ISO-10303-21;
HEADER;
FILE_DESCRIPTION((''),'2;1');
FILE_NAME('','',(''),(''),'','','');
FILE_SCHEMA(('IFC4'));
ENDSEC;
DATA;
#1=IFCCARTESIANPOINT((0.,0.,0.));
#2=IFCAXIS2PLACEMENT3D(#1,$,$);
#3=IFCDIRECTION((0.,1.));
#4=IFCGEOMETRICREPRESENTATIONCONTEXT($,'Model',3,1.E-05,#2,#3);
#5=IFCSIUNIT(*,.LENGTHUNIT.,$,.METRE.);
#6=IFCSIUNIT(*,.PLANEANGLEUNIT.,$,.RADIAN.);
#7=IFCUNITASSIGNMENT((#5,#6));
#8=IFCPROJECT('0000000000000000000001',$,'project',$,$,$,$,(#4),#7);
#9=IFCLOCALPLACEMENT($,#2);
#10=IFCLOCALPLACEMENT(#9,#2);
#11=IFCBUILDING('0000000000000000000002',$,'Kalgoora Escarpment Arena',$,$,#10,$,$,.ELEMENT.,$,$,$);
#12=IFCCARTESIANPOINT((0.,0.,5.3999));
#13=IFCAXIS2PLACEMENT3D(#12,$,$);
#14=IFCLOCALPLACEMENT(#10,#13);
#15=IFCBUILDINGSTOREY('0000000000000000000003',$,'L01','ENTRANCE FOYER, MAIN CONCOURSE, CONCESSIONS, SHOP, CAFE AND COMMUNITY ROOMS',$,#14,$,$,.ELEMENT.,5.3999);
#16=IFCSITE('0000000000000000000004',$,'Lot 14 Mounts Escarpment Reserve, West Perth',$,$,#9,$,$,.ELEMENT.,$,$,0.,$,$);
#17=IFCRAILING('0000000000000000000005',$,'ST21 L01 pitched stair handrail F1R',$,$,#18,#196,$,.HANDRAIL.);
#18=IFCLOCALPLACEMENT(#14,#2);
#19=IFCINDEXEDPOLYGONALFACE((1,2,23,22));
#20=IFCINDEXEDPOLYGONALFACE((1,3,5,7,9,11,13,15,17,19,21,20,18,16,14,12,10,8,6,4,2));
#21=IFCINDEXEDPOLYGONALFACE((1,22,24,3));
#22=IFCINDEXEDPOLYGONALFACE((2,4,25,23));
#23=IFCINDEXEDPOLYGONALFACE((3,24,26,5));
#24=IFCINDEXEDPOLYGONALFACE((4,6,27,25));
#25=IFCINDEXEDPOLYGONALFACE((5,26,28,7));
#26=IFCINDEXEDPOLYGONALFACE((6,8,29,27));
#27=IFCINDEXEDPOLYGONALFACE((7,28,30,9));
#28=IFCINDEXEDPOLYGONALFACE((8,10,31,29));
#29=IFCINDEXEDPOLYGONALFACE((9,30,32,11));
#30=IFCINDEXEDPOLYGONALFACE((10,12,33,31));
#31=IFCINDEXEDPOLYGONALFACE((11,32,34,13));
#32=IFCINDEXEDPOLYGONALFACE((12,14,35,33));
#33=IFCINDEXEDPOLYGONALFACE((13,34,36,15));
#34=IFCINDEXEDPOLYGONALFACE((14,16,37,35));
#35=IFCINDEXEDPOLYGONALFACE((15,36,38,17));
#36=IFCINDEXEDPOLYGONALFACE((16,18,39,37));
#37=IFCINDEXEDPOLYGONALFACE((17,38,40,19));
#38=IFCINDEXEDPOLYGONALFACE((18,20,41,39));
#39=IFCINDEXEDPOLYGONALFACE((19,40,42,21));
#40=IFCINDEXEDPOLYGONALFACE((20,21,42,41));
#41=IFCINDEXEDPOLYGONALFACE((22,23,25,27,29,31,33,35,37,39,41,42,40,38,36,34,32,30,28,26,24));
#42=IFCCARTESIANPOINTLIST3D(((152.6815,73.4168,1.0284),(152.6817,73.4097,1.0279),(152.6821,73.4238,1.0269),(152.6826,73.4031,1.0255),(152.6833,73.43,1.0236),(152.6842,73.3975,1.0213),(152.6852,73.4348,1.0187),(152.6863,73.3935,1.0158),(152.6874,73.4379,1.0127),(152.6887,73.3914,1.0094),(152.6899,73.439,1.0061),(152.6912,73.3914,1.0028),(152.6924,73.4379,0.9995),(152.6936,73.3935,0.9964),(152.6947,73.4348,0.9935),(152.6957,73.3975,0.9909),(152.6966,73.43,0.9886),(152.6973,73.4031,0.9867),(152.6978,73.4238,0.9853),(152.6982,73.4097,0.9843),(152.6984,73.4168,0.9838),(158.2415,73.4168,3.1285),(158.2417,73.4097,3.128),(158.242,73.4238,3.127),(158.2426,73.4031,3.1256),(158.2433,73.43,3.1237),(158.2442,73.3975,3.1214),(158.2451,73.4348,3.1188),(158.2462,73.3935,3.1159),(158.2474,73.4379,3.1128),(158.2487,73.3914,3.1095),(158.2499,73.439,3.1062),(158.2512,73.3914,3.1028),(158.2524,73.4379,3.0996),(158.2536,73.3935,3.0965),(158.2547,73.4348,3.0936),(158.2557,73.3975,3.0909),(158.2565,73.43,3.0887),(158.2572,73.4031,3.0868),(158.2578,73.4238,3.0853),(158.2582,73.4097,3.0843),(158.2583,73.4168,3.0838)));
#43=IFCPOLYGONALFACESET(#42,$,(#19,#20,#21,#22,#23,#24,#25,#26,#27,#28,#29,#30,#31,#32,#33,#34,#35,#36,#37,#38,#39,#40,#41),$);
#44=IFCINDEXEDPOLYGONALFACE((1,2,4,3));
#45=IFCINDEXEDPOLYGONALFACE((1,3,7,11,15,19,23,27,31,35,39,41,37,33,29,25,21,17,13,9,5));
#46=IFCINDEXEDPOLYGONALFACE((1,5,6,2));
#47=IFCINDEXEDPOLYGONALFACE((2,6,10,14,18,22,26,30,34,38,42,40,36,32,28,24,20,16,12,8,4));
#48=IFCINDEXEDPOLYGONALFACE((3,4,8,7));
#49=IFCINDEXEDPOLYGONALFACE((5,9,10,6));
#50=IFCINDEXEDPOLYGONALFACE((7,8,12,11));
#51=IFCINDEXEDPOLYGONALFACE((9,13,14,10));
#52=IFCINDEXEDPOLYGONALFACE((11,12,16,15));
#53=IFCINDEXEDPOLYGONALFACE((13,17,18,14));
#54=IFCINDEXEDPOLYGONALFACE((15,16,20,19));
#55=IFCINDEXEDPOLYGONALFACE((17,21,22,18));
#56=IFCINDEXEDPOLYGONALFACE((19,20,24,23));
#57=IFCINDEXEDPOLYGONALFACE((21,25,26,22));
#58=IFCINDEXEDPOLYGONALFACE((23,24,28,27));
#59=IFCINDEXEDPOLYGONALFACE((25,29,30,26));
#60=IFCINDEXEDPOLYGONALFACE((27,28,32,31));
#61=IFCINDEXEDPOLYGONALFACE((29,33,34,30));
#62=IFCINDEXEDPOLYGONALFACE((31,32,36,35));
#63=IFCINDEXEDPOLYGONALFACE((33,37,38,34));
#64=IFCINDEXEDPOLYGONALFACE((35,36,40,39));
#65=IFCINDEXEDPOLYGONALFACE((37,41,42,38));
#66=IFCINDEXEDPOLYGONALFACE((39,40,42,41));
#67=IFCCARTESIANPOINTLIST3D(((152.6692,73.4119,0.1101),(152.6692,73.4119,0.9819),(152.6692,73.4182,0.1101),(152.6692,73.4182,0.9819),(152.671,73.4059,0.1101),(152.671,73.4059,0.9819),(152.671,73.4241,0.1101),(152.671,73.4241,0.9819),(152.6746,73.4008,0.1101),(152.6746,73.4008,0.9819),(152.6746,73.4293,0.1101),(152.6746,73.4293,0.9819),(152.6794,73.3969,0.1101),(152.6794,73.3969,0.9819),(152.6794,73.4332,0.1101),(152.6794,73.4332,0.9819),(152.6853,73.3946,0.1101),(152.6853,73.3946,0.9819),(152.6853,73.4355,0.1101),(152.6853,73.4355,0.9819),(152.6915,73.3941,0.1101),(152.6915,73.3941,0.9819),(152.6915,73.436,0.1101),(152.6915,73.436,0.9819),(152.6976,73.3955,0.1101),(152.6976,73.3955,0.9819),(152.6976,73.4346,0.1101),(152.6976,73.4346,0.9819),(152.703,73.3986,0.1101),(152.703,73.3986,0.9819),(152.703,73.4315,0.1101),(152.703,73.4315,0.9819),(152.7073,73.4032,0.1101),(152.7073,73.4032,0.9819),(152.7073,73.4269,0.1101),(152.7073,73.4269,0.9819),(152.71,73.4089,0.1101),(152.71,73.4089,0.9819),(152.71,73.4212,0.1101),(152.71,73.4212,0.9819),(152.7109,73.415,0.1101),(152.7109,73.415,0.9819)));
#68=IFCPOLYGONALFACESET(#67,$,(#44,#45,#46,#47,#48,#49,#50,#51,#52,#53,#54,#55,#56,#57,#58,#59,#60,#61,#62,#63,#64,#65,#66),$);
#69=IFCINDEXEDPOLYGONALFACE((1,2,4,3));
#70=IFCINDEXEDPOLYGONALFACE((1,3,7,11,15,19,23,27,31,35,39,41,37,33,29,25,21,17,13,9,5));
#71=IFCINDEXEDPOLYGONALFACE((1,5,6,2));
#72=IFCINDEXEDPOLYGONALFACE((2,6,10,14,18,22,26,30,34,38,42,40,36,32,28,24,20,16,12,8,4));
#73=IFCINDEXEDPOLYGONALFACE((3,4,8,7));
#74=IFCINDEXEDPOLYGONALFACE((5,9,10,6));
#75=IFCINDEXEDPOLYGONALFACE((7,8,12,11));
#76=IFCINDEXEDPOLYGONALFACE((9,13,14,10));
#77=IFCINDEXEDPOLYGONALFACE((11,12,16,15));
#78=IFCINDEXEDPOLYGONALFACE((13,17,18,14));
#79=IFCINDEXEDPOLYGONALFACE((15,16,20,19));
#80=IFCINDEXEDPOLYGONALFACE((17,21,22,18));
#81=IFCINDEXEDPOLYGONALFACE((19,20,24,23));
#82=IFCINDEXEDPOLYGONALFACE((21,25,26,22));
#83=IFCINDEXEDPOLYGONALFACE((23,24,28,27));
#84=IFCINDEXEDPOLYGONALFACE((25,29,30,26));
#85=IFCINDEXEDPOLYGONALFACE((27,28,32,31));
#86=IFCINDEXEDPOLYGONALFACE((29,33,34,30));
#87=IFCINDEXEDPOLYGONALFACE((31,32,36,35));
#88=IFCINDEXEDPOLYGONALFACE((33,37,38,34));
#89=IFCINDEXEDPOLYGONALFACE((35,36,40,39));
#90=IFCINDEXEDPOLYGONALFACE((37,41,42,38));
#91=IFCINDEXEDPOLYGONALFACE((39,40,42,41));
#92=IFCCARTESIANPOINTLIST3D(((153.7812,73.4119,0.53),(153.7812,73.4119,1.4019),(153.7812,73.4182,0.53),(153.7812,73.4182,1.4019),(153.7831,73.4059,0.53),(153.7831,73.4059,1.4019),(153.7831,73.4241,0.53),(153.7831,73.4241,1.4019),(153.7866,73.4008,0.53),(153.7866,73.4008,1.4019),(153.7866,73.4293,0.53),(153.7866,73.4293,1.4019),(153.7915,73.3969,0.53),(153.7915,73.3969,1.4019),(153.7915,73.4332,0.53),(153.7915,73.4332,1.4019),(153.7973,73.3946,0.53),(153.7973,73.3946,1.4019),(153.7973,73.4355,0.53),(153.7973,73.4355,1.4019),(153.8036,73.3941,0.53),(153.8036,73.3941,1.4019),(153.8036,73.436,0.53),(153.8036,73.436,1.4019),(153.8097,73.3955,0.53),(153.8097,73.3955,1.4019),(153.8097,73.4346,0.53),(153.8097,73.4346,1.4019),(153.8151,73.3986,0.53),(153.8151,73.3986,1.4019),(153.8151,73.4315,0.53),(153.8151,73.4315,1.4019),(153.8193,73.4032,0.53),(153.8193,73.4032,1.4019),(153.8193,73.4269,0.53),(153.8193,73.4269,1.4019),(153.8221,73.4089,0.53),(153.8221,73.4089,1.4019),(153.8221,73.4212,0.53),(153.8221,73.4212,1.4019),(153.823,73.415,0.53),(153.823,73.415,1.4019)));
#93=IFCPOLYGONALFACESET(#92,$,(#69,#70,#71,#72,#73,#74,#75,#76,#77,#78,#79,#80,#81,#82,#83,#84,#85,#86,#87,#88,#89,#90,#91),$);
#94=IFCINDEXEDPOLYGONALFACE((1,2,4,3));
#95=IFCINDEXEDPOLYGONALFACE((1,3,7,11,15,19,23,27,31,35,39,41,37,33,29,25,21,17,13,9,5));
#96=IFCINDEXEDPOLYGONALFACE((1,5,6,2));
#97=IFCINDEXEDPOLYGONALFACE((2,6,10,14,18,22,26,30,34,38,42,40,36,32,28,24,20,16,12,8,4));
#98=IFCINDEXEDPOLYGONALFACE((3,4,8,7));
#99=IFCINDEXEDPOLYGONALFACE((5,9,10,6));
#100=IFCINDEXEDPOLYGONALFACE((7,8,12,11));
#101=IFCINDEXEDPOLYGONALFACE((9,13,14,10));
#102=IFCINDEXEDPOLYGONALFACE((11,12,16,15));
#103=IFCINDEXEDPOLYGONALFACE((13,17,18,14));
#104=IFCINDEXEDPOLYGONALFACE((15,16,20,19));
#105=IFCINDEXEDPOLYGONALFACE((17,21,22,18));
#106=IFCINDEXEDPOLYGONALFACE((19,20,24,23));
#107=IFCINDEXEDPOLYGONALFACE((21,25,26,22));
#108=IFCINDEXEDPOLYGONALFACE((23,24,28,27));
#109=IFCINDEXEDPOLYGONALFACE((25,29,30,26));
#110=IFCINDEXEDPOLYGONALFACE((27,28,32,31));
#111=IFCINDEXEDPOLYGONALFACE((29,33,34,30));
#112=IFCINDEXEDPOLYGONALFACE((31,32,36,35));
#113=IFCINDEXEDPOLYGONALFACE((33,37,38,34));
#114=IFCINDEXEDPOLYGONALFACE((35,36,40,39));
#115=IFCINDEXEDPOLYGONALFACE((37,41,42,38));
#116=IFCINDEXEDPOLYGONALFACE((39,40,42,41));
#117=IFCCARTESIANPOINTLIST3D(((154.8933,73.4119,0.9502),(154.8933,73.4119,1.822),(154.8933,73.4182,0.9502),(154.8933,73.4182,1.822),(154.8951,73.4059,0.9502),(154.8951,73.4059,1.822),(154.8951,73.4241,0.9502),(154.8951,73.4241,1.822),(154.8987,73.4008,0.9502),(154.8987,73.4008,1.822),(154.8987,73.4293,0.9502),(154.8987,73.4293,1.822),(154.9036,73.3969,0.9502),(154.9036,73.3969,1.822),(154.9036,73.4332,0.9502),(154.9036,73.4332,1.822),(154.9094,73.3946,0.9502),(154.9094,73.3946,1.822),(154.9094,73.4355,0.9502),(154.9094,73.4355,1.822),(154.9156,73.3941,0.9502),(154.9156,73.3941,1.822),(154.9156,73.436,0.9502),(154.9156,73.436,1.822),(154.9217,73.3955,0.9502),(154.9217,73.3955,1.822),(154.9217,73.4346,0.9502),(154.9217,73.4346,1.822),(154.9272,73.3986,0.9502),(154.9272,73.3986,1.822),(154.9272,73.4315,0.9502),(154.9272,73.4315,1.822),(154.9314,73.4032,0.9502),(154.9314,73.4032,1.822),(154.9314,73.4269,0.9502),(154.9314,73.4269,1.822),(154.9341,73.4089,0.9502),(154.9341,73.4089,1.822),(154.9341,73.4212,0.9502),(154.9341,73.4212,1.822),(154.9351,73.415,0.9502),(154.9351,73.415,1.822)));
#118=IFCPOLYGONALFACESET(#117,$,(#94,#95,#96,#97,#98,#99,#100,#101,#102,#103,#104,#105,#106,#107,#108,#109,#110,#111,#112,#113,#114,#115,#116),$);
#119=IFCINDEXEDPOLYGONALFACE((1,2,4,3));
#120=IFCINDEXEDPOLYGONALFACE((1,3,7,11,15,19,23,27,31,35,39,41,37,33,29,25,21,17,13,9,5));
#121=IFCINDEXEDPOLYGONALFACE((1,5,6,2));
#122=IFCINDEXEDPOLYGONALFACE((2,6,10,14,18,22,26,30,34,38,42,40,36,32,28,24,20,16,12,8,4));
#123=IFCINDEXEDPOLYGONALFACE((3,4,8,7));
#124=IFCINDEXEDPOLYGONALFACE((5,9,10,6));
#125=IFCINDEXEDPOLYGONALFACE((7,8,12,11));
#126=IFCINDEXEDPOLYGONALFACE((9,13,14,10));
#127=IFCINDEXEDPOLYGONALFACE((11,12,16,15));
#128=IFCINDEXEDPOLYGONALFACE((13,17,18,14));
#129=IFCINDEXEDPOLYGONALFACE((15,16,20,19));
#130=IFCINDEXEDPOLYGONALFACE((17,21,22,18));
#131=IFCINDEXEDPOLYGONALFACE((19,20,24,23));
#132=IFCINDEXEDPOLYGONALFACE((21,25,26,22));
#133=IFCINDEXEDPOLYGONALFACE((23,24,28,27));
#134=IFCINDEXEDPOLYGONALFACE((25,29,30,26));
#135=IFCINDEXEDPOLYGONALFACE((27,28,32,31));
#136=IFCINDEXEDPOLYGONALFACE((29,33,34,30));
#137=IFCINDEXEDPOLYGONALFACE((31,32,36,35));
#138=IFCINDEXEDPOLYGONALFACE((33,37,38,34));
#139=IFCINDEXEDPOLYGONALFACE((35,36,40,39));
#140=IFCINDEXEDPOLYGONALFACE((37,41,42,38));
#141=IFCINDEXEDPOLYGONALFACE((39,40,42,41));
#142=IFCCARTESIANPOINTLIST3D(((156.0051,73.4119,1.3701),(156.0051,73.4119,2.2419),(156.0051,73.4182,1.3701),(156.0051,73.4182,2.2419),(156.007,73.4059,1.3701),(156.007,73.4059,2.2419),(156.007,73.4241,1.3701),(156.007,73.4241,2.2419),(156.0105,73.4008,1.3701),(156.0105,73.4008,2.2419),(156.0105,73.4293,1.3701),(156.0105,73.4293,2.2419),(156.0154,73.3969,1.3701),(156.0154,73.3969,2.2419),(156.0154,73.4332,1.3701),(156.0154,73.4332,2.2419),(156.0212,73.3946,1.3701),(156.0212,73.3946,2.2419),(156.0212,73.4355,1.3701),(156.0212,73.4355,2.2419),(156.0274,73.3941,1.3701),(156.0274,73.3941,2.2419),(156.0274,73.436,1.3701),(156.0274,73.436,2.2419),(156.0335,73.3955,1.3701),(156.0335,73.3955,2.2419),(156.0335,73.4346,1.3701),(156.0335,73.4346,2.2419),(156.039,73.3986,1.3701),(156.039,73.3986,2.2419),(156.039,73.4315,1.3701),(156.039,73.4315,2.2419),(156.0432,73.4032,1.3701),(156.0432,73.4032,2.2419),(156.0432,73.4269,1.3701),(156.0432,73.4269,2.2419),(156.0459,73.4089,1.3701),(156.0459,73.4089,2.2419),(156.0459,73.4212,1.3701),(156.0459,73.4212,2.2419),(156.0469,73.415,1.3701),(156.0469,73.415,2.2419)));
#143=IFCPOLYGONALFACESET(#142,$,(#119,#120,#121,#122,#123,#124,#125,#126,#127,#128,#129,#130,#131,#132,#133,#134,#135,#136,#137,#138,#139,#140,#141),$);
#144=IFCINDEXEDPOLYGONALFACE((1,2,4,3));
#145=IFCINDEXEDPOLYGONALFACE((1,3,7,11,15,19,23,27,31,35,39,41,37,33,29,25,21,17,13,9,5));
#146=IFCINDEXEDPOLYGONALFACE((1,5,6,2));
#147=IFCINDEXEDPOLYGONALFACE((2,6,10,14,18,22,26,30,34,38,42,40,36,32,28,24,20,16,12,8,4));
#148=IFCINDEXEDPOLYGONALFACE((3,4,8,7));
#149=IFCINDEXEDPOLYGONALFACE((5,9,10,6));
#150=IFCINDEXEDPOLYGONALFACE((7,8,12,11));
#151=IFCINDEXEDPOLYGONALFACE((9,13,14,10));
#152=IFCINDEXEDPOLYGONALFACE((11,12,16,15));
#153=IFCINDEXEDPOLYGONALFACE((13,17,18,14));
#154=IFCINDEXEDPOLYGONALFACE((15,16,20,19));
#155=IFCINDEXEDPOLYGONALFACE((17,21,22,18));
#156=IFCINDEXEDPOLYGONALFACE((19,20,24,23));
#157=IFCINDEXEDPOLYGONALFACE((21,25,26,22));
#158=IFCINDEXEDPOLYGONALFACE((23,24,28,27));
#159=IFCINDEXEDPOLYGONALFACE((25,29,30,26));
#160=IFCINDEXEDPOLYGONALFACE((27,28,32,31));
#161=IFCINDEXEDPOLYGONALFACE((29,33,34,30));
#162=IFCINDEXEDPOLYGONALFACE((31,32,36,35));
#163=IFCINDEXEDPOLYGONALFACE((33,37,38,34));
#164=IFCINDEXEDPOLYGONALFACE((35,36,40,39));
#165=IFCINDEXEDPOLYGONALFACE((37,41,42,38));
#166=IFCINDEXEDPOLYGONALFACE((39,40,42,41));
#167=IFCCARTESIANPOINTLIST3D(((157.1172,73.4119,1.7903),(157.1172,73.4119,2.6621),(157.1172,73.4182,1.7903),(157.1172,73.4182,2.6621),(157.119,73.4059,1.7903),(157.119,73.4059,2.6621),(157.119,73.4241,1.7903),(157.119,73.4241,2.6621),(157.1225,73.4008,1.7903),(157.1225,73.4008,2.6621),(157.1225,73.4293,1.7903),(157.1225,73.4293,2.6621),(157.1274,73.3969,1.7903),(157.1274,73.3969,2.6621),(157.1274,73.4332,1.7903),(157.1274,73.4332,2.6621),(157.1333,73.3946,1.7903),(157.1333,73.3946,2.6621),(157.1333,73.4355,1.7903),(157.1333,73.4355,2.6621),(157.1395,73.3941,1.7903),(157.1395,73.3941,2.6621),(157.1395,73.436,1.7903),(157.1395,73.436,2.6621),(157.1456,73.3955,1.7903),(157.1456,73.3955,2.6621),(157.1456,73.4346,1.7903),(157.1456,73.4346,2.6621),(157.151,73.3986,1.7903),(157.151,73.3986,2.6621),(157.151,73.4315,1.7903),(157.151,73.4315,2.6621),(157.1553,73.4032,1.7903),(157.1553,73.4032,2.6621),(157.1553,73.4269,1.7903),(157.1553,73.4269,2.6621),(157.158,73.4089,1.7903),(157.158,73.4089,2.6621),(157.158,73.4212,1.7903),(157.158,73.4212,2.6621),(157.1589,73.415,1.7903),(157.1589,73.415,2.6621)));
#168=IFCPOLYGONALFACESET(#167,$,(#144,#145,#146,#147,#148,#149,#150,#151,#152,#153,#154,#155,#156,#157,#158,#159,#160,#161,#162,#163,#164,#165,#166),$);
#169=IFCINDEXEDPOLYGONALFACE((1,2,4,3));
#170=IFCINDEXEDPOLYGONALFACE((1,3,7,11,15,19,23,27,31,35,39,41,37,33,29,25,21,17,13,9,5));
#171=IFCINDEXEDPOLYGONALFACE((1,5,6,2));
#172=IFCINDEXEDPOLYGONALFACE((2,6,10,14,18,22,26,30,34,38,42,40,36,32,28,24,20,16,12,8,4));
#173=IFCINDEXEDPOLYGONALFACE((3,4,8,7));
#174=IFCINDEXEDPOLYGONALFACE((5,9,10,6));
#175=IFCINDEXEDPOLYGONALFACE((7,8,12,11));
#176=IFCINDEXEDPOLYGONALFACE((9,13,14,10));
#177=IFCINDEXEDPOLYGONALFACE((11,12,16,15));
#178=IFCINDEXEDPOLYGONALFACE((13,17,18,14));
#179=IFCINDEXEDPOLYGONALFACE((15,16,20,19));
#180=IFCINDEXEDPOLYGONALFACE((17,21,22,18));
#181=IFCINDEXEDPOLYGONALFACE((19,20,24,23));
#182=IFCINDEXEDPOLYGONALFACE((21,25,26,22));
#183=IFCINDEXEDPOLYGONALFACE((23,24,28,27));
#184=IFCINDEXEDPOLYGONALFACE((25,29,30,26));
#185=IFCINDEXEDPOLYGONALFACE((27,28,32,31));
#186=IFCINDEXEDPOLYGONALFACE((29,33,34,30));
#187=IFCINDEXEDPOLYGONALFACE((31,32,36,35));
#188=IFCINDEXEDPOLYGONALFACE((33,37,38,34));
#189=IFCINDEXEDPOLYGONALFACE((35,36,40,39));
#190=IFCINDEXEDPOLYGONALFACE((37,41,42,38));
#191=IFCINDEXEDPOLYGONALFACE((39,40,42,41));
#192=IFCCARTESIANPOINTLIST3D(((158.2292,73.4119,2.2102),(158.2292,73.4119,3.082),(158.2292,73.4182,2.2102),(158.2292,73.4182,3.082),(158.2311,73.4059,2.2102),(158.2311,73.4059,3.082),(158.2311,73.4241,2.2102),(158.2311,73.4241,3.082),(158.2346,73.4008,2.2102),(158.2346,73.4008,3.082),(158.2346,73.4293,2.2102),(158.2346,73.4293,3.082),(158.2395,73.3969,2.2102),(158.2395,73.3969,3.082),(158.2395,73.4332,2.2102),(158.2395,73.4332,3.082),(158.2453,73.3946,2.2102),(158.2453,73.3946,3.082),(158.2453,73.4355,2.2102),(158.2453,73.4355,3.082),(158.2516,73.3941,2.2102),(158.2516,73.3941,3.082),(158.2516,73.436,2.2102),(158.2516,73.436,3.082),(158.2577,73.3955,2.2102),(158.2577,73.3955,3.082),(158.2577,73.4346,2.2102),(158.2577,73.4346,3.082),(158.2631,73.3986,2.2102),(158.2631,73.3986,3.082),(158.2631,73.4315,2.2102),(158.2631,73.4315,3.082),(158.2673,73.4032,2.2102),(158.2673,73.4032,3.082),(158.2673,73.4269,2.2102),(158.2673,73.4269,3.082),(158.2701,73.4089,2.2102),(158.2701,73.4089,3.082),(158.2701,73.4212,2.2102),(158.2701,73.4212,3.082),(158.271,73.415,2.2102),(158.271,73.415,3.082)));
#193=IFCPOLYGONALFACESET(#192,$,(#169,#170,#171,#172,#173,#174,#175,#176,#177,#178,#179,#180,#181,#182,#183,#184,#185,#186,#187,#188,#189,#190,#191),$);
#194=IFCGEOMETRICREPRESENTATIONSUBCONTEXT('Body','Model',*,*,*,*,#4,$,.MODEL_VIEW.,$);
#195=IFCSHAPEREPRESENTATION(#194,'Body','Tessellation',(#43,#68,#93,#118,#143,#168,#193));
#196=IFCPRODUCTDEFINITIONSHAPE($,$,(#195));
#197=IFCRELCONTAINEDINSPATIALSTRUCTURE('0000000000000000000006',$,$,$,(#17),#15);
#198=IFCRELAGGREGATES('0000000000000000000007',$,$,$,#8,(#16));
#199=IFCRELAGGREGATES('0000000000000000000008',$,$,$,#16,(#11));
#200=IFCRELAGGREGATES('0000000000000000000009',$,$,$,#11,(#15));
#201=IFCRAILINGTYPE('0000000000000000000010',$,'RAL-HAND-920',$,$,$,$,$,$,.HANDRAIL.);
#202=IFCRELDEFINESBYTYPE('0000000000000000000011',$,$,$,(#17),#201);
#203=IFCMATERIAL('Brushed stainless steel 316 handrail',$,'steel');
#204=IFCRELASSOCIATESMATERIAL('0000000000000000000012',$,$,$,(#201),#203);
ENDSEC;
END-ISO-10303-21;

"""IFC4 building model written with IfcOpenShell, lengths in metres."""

from ifc_helpers import new_model, si_unit, direction, frame, origin, origin_2d, place, context, subcontext, project, spatial, circle, extrude, material, type_object, element, save


model = new_model("IFC4")

# Units and contexts
model_context = context("Model", 3, precision=1e-05, world=origin(), true_north=direction((0.0, 1.0)))
body_context = subcontext(model_context, "Body", "Model", "MODEL_VIEW")
ifc_project = project(units=[si_unit("LENGTHUNIT", "METRE"), si_unit("PLANEANGLEUNIT", "RADIAN")], contexts=[model_context])

# Site, building, storey
site_placement = place(None, origin())
site = spatial("IfcSite", under=ifc_project, at=site_placement, Name="Lot 14 Mounts Escarpment Reserve, West Perth", CompositionType="ELEMENT", RefElevation=0.0)
building_placement = place(site_placement, origin())
building = spatial("IfcBuilding", under=site, at=building_placement, Name="Kalgoora Escarpment Arena", CompositionType="ELEMENT")
storey_placement = place(building_placement, frame((0.0, 0.0, 5.3999)))
storey = spatial("IfcBuildingStorey", under=building, at=storey_placement, Name="L01", Description="ENTRANCE FOYER, MAIN CONCOURSE, CONCESSIONS, SHOP, CAFE AND COMMUNITY ROOMS", CompositionType="ELEMENT", Elevation=5.3999)

# Railing
ifc_material_1 = material(Name="Brushed stainless steel 316 handrail", Category="steel")
railing_type_1 = type_object("IfcRailingType", Name="RAL-HAND-920", PredefinedType="HANDRAIL", material=ifc_material_1)
railing_1_placement = place(storey_placement, frame((152.6899, 73.415, 0.1101)))
element("IfcRailing", 1, at=railing_1_placement, inside=storey, type_object=railing_type_1, Name="ST21 L01 pitched stair handrail F1R", PredefinedType="HANDRAIL", context=body_context, shape_type="SweptSolid", body=[
    extrude(circle(Radius=0.0239, at=origin_2d()), frame((0.0, 0.0, 0.896), z_axis=(0.935493, 0.0, 0.353346), x_axis=(0.0, 1.0, 0.0)), (0.0, 0.0, 1.0), 5.9434),
    extrude(circle(Radius=0.021, at=origin_2d()), origin(), (0.0, 0.0, 1.0), 0.8718),
    extrude(circle(Radius=0.021, at=origin_2d()), frame((1.1121, 0.0, 0.4199)), (0.0, 0.0, 1.0), 0.8718),
    extrude(circle(Radius=0.021, at=origin_2d()), frame((2.2241, 0.0, 0.8401)), (0.0, 0.0, 1.0), 0.8718),
    extrude(circle(Radius=0.021, at=origin_2d()), frame((3.3359, 0.0, 1.26)), (0.0, 0.0, 1.0), 0.8718),
    extrude(circle(Radius=0.021, at=origin_2d()), frame((4.448, 0.0, 1.6802)), (0.0, 0.0, 1.0), 0.8718),
    extrude(circle(Radius=0.021, at=origin_2d()), frame((5.5601, 0.0, 2.1001)), (0.0, 0.0, 1.0), 0.8718),
])

save(model, "model.ifc")
